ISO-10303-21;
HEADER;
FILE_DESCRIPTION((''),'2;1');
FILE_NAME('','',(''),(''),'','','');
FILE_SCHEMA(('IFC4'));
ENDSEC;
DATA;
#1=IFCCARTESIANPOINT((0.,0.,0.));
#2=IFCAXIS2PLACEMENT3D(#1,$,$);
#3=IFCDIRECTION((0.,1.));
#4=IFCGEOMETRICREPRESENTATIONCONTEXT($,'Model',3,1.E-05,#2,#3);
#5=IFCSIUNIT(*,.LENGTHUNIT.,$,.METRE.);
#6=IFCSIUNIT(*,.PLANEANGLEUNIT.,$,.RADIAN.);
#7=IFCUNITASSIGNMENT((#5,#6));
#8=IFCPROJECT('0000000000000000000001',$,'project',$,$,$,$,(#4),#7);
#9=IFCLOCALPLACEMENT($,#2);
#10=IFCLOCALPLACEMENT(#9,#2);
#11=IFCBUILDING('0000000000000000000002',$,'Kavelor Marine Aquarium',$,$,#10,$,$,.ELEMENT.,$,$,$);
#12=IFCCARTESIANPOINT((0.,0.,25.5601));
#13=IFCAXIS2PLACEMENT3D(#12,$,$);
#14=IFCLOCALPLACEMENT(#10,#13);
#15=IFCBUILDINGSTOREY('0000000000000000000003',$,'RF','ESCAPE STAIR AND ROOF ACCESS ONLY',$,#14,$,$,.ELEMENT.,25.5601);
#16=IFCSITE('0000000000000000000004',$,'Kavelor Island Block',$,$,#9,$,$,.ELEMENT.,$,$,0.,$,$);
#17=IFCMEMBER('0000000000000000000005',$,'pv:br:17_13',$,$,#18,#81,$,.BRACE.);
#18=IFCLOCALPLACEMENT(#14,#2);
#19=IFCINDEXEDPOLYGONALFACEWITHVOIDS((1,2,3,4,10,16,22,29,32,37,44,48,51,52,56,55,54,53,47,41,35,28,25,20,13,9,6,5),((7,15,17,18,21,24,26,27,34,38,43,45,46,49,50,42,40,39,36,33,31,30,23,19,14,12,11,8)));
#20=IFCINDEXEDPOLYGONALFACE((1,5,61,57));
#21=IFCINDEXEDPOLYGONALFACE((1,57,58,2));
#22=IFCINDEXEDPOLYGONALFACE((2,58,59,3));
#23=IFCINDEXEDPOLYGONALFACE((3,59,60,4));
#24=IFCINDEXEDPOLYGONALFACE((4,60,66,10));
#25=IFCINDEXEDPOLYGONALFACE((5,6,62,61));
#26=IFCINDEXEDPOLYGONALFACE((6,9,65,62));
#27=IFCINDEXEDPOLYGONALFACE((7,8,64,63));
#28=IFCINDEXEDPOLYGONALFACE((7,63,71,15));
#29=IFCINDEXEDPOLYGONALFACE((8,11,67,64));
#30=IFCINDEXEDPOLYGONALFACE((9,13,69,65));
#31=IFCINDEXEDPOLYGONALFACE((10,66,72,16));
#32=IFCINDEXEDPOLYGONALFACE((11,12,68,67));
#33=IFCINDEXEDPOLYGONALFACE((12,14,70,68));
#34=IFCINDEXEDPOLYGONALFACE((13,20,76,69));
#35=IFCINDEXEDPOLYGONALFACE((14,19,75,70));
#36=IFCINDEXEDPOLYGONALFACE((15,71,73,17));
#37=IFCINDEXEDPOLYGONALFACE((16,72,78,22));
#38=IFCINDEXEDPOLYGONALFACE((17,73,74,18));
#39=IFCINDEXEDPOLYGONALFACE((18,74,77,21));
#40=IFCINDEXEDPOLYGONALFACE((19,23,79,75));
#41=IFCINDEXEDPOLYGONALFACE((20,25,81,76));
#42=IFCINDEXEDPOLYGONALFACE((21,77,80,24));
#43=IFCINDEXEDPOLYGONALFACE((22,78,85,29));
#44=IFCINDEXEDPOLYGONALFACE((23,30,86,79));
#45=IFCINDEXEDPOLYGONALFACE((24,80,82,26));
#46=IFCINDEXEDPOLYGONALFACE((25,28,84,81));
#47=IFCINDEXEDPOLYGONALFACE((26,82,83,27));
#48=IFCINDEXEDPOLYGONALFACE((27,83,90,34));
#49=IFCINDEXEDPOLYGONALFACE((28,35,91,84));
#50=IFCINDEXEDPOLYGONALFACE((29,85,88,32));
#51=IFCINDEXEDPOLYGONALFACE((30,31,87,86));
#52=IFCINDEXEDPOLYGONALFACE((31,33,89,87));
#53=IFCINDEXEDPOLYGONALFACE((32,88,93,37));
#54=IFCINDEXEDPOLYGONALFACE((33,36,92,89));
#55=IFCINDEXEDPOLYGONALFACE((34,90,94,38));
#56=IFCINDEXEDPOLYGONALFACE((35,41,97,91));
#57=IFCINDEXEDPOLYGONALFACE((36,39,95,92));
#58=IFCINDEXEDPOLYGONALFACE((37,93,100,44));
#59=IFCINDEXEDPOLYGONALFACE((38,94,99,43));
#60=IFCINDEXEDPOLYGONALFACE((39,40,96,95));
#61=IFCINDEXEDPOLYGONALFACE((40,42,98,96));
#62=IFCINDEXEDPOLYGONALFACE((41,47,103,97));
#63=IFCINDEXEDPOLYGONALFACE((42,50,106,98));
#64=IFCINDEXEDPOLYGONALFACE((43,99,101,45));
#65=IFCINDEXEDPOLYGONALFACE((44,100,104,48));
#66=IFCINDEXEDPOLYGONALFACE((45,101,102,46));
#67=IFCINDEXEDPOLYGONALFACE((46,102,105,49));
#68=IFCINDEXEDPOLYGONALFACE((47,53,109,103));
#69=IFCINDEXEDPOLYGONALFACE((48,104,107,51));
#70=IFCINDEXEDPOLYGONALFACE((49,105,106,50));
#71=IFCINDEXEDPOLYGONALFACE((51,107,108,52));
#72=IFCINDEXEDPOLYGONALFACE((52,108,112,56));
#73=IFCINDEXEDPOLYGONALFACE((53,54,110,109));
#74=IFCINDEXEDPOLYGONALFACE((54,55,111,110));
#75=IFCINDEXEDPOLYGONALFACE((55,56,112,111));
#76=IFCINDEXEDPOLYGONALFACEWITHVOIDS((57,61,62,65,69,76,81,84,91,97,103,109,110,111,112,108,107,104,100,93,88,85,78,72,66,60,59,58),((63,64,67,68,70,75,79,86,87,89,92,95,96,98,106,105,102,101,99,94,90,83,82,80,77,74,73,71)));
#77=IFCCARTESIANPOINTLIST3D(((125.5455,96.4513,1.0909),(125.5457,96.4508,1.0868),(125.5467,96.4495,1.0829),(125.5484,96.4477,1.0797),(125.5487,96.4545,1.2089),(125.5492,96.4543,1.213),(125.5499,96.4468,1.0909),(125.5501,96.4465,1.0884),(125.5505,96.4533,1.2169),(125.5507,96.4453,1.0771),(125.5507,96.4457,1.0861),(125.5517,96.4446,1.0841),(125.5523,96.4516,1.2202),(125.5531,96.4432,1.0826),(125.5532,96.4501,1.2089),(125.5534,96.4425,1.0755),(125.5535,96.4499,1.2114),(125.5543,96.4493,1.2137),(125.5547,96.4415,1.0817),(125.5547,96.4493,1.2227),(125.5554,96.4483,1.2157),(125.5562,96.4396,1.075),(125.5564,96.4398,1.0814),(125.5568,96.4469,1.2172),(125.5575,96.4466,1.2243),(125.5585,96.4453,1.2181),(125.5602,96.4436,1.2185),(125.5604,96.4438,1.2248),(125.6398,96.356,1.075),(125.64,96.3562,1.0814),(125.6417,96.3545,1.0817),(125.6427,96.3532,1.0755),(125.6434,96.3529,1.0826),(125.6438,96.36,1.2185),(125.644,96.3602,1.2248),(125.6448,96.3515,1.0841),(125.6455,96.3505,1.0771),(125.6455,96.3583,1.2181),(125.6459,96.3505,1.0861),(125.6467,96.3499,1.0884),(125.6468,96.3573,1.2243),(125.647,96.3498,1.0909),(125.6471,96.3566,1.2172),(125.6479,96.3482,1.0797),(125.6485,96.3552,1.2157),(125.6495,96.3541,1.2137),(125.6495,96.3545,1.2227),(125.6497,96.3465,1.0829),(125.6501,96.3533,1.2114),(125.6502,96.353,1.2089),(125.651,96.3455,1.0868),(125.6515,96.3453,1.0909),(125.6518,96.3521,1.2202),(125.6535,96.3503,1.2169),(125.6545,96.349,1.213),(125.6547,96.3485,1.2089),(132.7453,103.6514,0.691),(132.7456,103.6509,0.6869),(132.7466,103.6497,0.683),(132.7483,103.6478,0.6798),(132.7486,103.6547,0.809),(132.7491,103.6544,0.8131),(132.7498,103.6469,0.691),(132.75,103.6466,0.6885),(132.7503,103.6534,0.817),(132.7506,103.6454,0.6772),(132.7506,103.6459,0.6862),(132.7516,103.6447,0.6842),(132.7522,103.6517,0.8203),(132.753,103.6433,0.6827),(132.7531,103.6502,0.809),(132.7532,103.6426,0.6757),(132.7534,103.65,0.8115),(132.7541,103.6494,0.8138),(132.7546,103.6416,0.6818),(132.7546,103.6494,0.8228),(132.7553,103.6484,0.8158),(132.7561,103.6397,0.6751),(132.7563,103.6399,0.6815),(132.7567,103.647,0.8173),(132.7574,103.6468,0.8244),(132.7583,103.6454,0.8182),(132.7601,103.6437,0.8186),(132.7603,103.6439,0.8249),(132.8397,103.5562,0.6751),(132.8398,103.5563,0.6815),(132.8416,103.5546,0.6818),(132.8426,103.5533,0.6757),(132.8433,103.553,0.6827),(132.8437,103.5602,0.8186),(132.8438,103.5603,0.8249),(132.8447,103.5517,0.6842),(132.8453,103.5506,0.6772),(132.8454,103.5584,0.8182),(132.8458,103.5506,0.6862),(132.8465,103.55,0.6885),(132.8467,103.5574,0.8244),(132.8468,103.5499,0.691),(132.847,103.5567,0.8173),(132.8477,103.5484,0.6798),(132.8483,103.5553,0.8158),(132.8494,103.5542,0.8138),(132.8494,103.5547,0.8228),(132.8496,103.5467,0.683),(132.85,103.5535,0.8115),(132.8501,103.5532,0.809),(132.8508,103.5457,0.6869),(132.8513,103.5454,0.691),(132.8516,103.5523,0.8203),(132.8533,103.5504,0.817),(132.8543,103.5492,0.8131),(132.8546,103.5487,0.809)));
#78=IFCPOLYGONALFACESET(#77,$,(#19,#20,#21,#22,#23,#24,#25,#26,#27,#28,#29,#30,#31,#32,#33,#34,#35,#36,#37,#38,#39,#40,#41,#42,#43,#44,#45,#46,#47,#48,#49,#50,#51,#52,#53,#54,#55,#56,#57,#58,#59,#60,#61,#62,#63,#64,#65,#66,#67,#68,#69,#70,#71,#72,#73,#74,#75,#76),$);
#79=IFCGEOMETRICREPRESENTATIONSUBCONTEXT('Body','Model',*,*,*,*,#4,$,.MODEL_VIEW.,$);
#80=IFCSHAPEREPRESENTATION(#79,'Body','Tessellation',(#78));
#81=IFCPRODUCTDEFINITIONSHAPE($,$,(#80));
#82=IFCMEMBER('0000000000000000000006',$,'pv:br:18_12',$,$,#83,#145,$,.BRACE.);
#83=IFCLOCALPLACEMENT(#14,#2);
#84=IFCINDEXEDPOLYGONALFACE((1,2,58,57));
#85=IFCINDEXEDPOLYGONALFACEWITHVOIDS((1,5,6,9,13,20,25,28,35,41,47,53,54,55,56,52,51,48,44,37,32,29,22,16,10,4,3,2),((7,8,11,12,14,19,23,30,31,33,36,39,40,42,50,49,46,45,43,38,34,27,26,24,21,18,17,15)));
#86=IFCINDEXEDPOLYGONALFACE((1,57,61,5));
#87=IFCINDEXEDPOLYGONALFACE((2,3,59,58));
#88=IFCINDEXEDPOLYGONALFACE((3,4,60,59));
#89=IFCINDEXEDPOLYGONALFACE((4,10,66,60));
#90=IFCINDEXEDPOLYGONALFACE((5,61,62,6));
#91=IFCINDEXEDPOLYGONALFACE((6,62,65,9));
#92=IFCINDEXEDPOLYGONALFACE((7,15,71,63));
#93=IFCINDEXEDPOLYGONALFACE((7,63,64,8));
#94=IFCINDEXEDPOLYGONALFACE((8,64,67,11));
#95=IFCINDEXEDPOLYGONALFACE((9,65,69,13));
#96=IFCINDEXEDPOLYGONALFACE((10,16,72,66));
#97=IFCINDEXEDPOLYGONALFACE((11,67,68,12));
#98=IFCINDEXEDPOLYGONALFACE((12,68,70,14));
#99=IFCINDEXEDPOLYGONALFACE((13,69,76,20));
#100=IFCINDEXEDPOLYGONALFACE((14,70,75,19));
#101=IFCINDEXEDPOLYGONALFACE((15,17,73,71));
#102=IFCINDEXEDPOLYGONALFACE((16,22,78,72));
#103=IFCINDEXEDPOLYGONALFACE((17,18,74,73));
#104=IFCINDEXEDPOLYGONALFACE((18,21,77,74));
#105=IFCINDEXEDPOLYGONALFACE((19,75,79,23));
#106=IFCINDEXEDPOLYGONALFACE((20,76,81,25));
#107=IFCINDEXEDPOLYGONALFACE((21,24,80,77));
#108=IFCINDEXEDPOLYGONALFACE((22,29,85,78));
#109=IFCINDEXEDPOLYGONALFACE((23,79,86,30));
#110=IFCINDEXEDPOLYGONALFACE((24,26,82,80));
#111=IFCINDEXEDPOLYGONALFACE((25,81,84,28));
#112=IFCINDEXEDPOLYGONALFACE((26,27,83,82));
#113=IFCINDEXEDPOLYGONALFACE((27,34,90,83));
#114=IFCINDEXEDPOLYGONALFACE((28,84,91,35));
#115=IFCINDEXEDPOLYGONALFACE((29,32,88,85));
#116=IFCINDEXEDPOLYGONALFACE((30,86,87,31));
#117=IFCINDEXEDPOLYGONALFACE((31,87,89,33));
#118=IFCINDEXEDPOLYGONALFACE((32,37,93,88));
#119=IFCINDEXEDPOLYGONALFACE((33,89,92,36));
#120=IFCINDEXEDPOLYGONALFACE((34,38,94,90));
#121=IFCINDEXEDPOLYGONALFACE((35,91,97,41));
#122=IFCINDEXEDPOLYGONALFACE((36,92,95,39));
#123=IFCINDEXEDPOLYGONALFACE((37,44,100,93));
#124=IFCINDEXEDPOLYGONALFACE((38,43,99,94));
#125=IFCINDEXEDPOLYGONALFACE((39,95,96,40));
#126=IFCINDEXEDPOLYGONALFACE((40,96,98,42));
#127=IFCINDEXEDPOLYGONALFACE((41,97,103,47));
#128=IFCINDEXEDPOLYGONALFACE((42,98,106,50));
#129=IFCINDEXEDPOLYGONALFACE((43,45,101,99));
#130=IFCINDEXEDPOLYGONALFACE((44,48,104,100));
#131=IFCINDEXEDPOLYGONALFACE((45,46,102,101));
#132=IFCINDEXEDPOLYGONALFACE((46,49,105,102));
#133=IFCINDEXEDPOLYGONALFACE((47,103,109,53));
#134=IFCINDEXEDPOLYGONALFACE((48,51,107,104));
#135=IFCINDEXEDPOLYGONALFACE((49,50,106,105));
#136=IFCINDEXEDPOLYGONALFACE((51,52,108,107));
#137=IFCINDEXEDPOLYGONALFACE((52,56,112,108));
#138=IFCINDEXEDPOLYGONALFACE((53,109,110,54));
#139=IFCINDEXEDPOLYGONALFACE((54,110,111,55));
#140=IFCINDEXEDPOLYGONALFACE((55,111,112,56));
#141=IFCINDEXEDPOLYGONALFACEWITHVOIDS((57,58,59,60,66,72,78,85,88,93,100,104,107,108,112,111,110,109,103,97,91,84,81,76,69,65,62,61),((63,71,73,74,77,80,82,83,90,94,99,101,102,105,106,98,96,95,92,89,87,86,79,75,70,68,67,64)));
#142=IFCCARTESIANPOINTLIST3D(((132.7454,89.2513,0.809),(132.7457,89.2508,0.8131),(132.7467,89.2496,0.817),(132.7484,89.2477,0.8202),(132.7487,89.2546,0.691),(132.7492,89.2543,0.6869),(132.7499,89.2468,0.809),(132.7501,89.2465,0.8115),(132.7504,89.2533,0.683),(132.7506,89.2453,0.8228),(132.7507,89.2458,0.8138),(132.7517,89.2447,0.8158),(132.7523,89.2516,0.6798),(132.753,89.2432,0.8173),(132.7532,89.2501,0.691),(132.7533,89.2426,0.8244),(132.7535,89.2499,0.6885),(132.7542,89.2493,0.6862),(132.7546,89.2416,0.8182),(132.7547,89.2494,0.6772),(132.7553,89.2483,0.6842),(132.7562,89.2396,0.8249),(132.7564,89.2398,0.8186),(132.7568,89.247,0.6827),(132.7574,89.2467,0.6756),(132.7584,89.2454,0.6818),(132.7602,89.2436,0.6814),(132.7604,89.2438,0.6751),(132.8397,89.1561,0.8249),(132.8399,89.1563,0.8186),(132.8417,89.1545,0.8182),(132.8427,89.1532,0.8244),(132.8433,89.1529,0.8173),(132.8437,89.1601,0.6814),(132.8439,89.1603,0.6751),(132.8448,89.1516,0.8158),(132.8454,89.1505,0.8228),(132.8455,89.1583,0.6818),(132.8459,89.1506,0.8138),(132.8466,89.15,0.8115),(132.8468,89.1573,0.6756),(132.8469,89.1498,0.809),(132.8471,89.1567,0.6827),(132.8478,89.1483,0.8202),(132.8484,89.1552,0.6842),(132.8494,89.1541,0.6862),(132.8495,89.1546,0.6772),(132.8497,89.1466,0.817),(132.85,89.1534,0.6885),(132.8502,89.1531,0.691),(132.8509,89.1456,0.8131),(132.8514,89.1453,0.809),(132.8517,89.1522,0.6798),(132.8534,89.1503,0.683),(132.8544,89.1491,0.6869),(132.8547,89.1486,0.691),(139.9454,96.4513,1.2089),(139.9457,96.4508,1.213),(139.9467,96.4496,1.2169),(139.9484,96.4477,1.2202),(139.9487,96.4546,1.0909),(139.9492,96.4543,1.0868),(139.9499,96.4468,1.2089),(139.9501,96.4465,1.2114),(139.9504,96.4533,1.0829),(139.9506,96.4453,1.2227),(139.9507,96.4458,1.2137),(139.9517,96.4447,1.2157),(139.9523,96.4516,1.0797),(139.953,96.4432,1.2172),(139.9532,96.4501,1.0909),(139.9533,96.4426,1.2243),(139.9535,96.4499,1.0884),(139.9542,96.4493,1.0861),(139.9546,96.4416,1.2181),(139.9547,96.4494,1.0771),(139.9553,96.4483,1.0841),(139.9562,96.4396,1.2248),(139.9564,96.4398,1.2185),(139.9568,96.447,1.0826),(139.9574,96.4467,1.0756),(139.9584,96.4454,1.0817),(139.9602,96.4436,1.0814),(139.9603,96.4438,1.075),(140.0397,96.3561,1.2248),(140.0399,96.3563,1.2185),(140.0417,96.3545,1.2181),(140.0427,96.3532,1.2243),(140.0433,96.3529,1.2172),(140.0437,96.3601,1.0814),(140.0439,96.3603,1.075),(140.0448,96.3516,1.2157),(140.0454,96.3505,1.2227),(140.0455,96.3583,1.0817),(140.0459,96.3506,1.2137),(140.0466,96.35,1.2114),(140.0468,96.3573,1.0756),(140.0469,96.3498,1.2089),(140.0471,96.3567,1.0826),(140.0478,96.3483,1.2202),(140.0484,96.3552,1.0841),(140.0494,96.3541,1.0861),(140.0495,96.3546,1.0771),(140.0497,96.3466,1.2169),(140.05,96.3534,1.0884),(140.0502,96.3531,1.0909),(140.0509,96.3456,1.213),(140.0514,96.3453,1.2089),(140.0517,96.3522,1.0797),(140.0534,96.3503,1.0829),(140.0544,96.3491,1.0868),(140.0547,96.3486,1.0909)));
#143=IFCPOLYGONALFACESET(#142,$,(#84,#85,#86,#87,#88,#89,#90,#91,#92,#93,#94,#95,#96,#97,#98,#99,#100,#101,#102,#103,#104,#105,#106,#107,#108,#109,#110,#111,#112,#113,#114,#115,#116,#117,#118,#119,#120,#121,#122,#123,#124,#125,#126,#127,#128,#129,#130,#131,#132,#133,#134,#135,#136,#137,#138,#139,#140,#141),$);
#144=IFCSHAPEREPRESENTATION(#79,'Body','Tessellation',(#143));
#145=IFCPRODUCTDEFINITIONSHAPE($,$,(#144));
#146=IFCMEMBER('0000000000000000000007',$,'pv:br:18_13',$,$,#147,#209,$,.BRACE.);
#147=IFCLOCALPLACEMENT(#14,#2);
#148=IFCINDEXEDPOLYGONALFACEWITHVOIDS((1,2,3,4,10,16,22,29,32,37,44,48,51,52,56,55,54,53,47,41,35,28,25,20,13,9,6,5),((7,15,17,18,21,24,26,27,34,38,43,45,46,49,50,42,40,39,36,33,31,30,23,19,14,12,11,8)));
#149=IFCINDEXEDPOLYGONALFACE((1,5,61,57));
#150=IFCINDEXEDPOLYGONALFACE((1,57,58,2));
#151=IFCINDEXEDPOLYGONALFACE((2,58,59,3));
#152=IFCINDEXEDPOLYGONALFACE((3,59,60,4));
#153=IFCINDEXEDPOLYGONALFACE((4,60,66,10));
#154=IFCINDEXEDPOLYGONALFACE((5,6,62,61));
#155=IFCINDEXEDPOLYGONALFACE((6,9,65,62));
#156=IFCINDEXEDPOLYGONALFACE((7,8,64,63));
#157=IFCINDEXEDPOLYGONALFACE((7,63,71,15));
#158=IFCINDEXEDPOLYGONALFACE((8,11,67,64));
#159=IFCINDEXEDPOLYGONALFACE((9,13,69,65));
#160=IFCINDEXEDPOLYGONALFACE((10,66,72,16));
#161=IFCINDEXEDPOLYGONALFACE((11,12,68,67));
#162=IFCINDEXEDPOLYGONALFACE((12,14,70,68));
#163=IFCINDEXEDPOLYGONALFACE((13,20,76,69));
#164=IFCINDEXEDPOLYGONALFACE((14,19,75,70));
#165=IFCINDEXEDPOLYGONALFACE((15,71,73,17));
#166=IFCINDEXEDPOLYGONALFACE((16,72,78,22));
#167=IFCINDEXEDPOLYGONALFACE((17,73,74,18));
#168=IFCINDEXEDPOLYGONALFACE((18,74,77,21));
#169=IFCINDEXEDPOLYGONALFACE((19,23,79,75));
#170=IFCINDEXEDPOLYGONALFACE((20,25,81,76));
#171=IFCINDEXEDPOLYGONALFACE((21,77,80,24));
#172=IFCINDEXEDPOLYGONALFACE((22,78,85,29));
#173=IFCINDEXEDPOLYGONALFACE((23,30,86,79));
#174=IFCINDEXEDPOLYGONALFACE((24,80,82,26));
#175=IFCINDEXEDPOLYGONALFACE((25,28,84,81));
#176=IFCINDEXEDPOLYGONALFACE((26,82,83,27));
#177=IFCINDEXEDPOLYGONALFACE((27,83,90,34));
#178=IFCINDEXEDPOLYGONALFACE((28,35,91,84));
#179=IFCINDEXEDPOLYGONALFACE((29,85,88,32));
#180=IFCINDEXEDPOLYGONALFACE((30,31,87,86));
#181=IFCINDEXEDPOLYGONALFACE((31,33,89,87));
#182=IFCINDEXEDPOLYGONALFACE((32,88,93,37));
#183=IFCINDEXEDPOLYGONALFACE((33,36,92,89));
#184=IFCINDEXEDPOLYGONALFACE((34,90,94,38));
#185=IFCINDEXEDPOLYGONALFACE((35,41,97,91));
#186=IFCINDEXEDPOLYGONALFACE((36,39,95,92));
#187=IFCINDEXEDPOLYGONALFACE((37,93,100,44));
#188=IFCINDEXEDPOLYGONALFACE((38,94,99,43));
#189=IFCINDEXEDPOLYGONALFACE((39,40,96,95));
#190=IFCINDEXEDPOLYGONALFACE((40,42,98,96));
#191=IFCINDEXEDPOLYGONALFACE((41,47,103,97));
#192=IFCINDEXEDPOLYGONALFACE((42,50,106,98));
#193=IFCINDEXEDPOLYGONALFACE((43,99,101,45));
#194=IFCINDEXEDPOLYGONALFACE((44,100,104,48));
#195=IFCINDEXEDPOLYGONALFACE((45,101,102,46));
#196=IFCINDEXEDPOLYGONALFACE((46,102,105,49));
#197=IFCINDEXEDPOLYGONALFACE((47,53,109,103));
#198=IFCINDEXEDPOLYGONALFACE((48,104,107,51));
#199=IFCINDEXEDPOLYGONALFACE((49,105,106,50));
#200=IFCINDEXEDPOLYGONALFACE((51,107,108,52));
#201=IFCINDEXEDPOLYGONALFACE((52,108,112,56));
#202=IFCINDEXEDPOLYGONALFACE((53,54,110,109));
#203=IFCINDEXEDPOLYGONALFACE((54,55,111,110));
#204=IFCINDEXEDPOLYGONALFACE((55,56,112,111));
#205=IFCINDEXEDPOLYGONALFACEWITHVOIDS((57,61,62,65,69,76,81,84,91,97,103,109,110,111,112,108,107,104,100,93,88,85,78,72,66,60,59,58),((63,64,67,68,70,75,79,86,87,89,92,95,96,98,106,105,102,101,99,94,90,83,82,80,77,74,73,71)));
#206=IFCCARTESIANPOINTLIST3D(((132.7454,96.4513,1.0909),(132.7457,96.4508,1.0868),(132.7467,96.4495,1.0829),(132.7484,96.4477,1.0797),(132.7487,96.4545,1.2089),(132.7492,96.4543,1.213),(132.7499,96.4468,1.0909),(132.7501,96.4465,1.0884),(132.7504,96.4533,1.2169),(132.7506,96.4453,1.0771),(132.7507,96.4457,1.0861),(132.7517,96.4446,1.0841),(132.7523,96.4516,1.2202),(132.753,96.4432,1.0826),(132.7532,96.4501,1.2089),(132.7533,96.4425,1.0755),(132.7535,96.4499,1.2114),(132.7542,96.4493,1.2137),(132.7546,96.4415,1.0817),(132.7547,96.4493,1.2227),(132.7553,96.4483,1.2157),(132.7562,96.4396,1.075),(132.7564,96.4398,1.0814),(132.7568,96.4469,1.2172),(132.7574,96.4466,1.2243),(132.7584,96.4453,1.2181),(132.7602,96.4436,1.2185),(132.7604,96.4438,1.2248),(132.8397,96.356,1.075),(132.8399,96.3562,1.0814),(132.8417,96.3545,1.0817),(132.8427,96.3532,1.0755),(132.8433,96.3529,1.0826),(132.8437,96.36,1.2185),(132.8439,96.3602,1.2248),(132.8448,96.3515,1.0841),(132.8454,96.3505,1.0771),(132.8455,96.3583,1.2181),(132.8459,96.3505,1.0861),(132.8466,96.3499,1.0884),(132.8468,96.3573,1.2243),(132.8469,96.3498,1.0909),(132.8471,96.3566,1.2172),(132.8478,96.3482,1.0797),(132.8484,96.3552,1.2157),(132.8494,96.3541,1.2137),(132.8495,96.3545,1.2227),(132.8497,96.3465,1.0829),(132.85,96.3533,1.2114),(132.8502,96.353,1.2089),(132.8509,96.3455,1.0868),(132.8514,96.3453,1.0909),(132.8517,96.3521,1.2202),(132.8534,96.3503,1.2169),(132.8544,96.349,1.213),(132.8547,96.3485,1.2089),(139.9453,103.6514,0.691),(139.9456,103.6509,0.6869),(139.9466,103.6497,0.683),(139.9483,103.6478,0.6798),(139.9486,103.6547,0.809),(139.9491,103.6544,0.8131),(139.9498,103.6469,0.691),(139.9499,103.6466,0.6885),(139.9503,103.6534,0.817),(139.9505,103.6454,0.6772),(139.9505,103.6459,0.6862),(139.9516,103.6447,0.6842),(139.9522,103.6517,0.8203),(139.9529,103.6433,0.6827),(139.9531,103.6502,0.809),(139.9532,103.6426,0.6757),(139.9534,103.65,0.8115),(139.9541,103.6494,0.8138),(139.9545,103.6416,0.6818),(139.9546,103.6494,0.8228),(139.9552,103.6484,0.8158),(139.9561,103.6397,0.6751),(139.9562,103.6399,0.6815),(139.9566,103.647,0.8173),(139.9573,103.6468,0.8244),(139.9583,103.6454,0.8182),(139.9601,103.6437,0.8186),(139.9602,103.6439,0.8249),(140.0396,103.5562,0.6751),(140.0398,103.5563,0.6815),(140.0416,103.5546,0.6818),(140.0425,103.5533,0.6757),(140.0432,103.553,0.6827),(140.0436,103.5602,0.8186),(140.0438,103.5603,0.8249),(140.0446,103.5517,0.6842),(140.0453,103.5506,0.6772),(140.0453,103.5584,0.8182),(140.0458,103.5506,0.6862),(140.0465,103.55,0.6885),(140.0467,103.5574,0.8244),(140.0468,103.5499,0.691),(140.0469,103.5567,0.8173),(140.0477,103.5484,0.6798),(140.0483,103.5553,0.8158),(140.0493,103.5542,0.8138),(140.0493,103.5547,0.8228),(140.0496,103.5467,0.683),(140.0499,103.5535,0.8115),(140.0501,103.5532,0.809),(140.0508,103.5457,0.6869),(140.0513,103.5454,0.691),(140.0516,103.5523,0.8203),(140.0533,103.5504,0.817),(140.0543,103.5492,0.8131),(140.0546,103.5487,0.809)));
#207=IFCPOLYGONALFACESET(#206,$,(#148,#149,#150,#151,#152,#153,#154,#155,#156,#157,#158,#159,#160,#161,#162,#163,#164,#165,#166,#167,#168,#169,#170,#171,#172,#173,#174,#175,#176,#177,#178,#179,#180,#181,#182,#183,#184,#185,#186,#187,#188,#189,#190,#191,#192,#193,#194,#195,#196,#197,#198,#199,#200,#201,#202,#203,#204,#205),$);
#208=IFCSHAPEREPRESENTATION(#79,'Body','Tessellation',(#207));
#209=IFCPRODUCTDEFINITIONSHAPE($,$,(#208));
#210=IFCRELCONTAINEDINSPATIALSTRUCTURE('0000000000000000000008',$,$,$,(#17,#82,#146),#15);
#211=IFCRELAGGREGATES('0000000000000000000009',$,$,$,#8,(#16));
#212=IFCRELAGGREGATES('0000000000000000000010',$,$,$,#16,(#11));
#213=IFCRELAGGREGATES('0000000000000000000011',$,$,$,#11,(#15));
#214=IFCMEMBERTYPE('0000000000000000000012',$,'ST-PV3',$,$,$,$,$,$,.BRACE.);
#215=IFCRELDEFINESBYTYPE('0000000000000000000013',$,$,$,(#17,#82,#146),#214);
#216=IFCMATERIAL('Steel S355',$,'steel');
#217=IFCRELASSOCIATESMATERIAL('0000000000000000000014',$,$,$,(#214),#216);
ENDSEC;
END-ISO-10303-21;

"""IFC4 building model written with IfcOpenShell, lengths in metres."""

from ifc_helpers import new_model, si_unit, direction, frame, origin, origin_2d, place, context, subcontext, project, spatial, hollow_rectangle, extrude, material, material_profile, profile_set, type_object, element, save


model = new_model("IFC4")

# Units and contexts
model_context = context("Model", 3, precision=1e-05, world=origin(), true_north=direction((0.0, 1.0)))
body_context = subcontext(model_context, "Body", "Model", "MODEL_VIEW")
ifc_project = project(units=[si_unit("LENGTHUNIT", "METRE"), si_unit("PLANEANGLEUNIT", "RADIAN")], contexts=[model_context])

# Site, building, storey
site_placement = place(None, origin())
site = spatial("IfcSite", under=ifc_project, at=site_placement, Name="Kavelor Island Block", CompositionType="ELEMENT", RefElevation=0.0)
building_placement = place(site_placement, origin())
building = spatial("IfcBuilding", under=site, at=building_placement, Name="Kavelor Marine Aquarium", CompositionType="ELEMENT")
storey_placement = place(building_placement, frame((0.0, 0.0, 25.5601)))
storey = spatial("IfcBuildingStorey", under=building, at=storey_placement, Name="RF", Description="ESCAPE STAIR AND ROOF ACCESS ONLY", CompositionType="ELEMENT", Elevation=25.5601)

# Members
ifc_material_1 = material(Name="Steel S355", Category="steel")
ifc_material_profile_1 = material_profile(ifc_material_1, hollow_rectangle(XDim=0.1499, YDim=0.1499, WallThickness=0.0063, InnerFilletRadius=0.0095, OuterFilletRadius=0.0159, at=origin_2d()), Name="SHS 150x150x6.3")
ifc_profile_set_1 = profile_set([ifc_material_profile_1], Name="Steel S355")
member_type_1 = type_object("IfcMemberType", Name="ST-PV3", PredefinedType="BRACE", material=ifc_profile_set_1)
for number, where, z_axis, x_axis, name in (
    (1, (125.6001, 96.3999, 1.1499), (0.70655, 0.706574, -0.039243), (-0.707119, 0.707095, 0.0), "pv:br:17_13"),
    (2, (132.8, 89.2, 0.75), (0.706562, 0.706562, 0.039244), (-0.707107, 0.707107, 0.0), "pv:br:18_12"),
    (3, (132.8, 96.3999, 1.1499), (0.70655, 0.706574, -0.039243), (-0.707119, 0.707095, 0.0), "pv:br:18_13"),
):
    element("IfcMember", number, at=place(storey_placement, frame(where, z_axis=z_axis, x_axis=x_axis)), inside=storey, type_object=member_type_1, Name=name, PredefinedType="BRACE", context=body_context, shape_type="SweptSolid", body=[
        extrude(hollow_rectangle(XDim=0.1499, YDim=0.1499, WallThickness=0.0063, InnerFilletRadius=0.0095, OuterFilletRadius=0.0159, at=origin_2d()), origin(), (0.0, 0.0, 1.0), 10.1902),
    ])

save(model, "model.ifc")
